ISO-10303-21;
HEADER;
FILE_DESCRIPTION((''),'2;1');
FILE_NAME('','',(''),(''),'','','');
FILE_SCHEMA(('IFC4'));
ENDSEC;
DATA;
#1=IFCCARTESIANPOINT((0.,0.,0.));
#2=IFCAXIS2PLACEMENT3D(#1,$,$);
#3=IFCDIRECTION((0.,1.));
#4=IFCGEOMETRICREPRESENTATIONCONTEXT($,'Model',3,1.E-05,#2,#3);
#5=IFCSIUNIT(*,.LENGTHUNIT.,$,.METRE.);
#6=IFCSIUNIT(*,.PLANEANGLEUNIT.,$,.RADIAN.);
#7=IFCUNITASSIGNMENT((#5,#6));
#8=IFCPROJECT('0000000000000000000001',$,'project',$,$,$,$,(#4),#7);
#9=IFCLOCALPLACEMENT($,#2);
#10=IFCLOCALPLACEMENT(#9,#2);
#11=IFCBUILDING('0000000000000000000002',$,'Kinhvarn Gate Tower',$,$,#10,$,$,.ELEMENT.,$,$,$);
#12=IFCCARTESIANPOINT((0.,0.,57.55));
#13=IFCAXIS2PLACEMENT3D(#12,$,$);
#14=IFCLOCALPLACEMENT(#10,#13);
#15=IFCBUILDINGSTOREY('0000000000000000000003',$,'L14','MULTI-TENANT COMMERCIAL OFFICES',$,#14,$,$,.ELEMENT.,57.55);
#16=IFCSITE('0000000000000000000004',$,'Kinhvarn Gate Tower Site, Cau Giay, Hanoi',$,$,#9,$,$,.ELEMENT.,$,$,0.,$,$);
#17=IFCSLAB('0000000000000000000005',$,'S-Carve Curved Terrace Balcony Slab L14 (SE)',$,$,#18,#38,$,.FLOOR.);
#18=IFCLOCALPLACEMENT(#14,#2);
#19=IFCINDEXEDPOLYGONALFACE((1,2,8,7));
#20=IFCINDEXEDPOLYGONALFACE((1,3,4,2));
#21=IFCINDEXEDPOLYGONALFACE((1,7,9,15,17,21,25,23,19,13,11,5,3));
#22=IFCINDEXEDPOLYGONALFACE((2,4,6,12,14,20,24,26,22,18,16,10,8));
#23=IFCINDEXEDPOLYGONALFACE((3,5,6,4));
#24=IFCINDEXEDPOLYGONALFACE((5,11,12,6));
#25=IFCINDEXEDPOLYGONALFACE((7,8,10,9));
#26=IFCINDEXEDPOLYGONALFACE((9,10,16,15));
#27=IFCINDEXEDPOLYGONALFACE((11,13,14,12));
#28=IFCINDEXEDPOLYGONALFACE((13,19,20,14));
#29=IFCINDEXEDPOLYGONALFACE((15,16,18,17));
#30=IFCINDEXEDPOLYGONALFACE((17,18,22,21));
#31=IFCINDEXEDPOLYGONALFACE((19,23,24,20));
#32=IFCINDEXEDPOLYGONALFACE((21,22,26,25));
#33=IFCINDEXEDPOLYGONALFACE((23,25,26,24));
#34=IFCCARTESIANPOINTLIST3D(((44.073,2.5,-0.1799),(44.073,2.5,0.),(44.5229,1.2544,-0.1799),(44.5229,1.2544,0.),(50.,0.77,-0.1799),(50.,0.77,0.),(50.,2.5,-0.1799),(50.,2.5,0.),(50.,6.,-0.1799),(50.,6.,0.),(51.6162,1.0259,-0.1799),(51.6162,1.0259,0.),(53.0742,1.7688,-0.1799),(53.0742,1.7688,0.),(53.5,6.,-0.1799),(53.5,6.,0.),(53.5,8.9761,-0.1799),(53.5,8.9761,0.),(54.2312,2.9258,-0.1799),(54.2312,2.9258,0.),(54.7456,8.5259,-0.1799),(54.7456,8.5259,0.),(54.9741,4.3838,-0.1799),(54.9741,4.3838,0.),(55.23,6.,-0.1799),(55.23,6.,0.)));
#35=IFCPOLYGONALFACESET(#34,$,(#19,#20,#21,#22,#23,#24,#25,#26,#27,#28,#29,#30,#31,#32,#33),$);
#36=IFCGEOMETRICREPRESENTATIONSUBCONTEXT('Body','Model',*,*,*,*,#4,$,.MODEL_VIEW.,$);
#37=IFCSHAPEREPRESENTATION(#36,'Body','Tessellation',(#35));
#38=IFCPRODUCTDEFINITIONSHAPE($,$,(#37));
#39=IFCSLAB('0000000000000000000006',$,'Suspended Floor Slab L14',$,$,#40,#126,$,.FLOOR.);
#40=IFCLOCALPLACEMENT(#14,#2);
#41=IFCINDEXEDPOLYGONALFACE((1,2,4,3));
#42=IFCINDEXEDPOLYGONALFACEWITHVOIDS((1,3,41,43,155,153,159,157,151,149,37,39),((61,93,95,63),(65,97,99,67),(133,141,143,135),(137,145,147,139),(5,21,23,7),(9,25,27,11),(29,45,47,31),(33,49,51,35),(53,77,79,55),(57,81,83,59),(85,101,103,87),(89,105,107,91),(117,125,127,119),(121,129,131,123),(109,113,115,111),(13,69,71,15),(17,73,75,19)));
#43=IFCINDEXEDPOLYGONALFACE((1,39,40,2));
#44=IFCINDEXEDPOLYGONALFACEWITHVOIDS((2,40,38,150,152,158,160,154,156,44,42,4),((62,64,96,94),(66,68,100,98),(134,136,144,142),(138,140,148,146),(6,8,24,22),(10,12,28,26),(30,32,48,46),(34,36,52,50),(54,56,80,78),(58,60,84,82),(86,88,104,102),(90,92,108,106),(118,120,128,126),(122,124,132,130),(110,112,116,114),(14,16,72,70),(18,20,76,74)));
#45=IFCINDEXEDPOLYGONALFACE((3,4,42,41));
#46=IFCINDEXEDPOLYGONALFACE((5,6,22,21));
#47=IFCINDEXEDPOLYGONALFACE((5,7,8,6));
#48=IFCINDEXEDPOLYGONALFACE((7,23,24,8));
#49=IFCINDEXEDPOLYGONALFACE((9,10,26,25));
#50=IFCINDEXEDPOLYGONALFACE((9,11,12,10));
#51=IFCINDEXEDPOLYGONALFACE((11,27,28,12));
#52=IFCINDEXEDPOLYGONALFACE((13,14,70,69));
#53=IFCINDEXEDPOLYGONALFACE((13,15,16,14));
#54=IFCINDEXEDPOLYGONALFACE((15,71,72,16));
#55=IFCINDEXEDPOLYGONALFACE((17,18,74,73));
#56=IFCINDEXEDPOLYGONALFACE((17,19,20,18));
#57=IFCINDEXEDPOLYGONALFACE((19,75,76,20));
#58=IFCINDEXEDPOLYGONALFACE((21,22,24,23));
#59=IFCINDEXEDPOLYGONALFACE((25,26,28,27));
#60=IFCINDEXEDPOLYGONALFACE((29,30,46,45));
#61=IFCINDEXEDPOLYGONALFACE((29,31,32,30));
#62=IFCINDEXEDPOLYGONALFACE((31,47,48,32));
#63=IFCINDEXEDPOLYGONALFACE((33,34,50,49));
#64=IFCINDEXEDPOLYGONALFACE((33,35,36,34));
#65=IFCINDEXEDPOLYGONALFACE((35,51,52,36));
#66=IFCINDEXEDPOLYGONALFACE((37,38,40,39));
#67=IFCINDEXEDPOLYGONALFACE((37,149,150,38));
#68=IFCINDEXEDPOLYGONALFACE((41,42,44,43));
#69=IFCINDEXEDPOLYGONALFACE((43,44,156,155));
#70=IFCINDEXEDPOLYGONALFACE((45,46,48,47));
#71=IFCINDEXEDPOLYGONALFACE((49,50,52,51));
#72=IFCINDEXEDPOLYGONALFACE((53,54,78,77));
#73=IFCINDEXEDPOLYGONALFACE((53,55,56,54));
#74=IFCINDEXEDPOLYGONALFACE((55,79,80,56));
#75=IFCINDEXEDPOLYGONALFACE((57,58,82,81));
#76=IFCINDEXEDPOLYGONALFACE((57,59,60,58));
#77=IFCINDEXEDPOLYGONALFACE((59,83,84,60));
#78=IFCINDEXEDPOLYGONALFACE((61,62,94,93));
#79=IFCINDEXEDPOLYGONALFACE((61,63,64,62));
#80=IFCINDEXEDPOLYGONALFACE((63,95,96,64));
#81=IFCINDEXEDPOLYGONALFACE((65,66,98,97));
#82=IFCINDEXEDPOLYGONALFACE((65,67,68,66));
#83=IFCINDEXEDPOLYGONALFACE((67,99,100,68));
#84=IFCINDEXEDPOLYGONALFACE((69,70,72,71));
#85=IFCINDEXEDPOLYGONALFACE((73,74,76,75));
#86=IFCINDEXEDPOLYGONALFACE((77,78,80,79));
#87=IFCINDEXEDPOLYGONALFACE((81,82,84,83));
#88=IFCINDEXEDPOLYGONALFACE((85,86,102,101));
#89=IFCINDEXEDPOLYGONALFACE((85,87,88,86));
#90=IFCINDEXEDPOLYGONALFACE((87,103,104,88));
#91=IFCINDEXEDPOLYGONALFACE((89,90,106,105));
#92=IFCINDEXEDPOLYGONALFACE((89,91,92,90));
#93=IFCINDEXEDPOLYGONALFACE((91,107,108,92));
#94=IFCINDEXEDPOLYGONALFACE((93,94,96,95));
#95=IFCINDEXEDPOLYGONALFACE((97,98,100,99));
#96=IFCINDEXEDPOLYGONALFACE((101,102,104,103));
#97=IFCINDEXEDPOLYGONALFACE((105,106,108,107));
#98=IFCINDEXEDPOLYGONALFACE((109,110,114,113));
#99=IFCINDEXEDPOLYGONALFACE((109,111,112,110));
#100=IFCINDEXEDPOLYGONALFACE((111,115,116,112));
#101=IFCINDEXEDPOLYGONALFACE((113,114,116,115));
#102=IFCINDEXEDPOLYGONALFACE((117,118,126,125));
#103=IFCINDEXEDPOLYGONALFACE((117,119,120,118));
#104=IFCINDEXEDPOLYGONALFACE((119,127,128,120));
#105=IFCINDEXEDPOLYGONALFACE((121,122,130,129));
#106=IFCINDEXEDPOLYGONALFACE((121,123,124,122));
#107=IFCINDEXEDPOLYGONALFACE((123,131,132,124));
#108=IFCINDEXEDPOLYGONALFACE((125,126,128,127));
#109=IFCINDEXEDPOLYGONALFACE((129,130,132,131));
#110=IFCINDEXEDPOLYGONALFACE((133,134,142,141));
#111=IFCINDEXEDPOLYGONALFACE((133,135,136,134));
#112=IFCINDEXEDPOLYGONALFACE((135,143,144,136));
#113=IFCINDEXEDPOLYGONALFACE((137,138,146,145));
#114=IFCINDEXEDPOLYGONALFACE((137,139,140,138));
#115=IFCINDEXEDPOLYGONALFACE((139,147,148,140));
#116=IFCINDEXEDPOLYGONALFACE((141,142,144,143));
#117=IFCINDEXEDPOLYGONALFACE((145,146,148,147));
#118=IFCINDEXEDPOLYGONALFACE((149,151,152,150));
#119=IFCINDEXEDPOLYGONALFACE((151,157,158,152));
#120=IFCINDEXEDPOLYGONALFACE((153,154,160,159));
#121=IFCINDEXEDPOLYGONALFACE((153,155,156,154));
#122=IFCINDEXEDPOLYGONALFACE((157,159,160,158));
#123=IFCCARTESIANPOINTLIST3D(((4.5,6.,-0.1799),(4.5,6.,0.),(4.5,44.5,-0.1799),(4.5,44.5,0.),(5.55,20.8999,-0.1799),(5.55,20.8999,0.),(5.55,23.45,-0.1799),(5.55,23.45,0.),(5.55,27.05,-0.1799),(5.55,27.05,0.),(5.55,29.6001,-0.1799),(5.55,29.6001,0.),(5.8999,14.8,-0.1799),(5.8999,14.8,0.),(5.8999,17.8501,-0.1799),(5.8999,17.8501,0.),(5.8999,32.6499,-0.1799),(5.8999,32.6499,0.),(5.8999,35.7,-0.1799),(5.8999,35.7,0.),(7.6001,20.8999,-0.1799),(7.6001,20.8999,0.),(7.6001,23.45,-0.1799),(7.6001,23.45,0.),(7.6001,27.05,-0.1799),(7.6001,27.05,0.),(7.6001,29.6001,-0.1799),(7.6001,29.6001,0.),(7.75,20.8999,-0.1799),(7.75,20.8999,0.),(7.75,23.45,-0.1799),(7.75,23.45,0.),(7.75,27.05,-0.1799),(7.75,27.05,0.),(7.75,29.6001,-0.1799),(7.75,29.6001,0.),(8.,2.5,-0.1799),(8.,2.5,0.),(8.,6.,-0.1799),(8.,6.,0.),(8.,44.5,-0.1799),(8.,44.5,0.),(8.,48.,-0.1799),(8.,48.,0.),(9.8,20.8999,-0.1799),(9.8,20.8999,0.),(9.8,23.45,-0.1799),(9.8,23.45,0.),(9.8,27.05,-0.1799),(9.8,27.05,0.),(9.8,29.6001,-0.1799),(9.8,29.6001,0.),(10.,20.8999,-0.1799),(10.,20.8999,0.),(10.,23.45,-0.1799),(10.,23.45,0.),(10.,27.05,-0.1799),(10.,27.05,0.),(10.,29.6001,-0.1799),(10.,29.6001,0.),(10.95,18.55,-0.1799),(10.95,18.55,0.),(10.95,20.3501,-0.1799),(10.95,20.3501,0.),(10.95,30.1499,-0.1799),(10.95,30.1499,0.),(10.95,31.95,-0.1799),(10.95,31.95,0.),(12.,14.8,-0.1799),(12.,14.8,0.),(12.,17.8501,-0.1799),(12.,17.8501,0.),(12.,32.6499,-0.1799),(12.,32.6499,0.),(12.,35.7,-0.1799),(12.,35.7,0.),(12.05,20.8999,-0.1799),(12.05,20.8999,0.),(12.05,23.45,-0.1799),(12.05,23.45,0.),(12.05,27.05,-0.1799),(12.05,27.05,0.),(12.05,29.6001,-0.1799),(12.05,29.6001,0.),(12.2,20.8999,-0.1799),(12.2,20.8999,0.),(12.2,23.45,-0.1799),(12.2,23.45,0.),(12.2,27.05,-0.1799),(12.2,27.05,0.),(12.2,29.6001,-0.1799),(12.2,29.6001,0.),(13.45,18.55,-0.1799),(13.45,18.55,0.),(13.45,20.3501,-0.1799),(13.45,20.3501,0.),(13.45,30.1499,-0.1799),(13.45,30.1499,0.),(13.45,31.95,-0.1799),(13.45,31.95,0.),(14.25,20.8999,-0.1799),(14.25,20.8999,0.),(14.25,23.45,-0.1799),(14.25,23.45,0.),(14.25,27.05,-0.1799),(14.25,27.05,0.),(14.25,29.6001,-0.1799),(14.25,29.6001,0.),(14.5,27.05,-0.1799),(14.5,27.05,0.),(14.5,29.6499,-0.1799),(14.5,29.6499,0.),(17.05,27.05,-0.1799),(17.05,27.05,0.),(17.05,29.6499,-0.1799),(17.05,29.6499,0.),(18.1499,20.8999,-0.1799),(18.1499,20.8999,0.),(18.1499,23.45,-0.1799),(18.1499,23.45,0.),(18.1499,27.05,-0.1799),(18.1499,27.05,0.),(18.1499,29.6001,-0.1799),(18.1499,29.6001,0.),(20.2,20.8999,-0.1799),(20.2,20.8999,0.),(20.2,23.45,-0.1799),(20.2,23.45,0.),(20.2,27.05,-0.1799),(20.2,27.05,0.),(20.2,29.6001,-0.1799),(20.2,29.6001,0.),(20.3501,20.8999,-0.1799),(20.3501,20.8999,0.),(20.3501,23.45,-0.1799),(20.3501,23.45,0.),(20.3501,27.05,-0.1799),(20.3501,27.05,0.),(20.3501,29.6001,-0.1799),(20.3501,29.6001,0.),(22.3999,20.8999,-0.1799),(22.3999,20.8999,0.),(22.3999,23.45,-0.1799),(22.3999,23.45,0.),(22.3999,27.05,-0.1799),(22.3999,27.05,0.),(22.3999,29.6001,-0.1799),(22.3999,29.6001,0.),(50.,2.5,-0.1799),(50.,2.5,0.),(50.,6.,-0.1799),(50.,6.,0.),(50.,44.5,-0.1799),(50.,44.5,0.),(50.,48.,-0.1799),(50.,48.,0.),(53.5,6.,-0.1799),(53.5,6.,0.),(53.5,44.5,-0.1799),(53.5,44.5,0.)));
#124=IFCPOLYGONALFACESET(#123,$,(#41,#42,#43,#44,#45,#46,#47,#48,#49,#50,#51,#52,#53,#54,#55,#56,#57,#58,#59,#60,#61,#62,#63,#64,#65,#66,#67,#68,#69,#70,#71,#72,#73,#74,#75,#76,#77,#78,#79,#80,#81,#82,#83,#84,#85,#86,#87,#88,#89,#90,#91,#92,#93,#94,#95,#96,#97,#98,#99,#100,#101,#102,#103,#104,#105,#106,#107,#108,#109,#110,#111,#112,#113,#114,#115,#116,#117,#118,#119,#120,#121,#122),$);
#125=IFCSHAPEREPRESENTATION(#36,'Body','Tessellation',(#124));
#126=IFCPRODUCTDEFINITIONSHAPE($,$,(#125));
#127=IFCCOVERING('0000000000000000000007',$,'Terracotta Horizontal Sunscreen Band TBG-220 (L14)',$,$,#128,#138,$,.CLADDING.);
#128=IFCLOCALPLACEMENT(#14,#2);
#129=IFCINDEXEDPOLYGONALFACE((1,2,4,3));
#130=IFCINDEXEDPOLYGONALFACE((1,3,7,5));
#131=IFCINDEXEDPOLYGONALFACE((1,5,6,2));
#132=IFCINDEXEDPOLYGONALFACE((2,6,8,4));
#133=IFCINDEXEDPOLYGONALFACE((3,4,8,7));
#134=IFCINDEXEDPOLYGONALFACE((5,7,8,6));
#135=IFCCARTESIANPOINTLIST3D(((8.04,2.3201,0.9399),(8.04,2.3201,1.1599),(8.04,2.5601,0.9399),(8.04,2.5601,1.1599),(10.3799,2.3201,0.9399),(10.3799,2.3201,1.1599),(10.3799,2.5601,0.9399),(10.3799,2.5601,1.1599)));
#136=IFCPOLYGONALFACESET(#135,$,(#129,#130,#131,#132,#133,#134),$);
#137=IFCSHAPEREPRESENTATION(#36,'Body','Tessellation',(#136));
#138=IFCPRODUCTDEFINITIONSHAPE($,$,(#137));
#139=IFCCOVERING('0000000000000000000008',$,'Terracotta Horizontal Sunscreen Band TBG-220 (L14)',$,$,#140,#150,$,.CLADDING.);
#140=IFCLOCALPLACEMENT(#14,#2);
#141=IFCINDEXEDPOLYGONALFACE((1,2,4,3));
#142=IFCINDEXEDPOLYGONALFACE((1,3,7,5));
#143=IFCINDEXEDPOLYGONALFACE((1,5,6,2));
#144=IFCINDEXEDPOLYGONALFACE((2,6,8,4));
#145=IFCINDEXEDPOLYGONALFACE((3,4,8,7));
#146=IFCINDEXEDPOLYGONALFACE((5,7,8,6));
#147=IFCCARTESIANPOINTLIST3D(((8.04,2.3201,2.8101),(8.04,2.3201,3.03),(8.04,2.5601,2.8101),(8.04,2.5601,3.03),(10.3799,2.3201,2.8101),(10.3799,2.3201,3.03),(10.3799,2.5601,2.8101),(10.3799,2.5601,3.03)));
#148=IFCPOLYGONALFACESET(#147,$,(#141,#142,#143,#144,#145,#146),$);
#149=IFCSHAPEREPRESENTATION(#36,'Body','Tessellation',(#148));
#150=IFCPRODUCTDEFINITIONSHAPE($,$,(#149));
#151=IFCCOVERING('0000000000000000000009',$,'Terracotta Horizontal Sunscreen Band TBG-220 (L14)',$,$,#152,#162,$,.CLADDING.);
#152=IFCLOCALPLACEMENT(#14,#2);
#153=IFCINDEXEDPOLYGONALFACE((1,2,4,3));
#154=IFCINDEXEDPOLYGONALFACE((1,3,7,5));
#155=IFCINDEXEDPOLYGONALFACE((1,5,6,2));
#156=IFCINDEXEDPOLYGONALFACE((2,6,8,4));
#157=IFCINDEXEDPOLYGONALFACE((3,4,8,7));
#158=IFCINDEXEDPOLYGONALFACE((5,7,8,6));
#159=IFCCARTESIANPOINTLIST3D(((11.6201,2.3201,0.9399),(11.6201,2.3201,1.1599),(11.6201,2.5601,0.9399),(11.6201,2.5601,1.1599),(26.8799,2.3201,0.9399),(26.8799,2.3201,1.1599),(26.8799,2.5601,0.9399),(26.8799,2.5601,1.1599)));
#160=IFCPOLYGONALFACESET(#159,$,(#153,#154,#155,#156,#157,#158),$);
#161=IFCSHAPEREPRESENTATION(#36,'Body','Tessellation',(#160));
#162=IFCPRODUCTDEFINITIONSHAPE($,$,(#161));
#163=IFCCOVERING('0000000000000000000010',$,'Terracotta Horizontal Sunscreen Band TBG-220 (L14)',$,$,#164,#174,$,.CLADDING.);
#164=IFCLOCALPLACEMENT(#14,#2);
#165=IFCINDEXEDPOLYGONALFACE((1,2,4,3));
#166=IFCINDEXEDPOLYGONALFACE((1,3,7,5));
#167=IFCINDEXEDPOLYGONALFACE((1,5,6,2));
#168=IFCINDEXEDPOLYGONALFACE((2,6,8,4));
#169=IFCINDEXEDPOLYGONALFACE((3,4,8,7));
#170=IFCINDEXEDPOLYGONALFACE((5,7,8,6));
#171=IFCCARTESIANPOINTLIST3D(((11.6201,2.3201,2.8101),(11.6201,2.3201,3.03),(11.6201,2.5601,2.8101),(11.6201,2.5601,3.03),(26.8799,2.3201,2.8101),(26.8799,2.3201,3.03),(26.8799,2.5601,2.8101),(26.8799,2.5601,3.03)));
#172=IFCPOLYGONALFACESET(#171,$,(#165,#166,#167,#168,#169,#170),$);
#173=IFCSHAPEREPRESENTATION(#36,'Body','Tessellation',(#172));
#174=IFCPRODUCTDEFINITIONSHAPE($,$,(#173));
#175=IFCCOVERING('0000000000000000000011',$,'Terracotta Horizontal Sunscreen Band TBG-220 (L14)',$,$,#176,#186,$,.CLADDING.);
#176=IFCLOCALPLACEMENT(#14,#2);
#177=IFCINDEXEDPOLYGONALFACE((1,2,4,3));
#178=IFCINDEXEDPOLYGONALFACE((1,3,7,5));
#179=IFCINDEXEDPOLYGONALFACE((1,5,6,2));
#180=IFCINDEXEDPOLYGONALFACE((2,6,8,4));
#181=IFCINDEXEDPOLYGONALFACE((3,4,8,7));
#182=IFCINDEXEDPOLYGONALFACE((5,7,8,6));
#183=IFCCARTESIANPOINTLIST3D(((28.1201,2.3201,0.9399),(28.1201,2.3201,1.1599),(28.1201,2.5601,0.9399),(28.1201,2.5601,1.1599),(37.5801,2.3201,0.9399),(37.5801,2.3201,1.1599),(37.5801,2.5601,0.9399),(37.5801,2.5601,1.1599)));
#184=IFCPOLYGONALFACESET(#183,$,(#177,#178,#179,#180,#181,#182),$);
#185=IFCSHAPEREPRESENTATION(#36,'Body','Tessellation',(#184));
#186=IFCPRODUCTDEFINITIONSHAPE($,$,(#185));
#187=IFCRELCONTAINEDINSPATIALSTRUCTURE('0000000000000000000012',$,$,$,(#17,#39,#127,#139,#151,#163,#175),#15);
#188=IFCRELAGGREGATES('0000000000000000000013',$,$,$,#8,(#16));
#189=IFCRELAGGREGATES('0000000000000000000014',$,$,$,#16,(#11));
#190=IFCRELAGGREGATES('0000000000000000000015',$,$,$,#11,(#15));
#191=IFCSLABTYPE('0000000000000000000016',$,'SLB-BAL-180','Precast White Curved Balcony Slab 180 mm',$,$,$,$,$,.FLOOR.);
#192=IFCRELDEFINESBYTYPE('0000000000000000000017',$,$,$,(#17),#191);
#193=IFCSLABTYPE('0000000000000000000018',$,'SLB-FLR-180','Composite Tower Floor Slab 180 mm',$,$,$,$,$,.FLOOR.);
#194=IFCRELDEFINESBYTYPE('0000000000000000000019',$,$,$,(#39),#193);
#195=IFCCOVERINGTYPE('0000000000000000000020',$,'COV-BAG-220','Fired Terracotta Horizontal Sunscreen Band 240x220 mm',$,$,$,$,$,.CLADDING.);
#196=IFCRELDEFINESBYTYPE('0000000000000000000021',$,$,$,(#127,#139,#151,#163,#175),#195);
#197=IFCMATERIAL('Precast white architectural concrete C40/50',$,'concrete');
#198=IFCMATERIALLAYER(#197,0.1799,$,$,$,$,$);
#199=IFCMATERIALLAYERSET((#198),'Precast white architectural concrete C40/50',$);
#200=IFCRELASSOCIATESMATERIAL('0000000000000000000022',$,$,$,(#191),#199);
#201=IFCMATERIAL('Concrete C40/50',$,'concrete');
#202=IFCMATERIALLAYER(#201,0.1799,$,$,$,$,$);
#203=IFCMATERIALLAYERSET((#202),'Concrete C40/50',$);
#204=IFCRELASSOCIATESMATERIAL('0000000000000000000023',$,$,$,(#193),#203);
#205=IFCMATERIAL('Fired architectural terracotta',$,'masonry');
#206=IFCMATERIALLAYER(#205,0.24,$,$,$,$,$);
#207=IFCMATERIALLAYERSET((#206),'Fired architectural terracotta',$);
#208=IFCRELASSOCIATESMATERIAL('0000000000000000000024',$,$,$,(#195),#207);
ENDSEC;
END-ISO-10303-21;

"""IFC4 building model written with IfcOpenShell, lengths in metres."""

from ifc_helpers import new_model, si_unit, direction, frame, origin, place, context, subcontext, project, spatial, polyline, outline, extrude, material, layer, layer_set, type_object, element, save


model = new_model("IFC4")

# Units and contexts
model_context = context("Model", 3, precision=1e-05, world=origin(), true_north=direction((0.0, 1.0)))
body_context = subcontext(model_context, "Body", "Model", "MODEL_VIEW")
ifc_project = project(units=[si_unit("LENGTHUNIT", "METRE"), si_unit("PLANEANGLEUNIT", "RADIAN")], contexts=[model_context])

# Site, building, storey
site_placement = place(None, origin())
site = spatial("IfcSite", under=ifc_project, at=site_placement, Name="Kinhvarn Gate Tower Site, Cau Giay, Hanoi", CompositionType="ELEMENT", RefElevation=0.0)
building_placement = place(site_placement, origin())
building = spatial("IfcBuilding", under=site, at=building_placement, Name="Kinhvarn Gate Tower", CompositionType="ELEMENT")
storey_placement = place(building_placement, frame((0.0, 0.0, 57.55)))
storey = spatial("IfcBuildingStorey", under=building, at=storey_placement, Name="L14", Description="MULTI-TENANT COMMERCIAL OFFICES", CompositionType="ELEMENT", Elevation=57.55)

# Slabs
ifc_material_1 = material(Name="Precast white architectural concrete C40/50", Category="concrete")
ifc_layer_1 = layer(ifc_material_1, 0.1799)
ifc_layer_set_1 = layer_set([ifc_layer_1], Name="Precast white architectural concrete C40/50")
slab_type_1 = type_object("IfcSlabType", Name="SLB-BAL-180", Description="Precast White Curved Balcony Slab 180 mm", PredefinedType="FLOOR", material=ifc_layer_set_1)
slab_1_placement = place(storey_placement, frame((0.0, 0.0, -0.1799)))
element("IfcSlab", 1, at=slab_1_placement, inside=storey, type_object=slab_type_1, Name="S-Carve Curved Terrace Balcony Slab L14 (SE)", PredefinedType="FLOOR", context=body_context, shape_type="SweptSolid", body=[
    extrude(outline(polyline([(44.073, 2.5), (44.5229, 1.2544), (50.0, 0.77), (51.6162, 1.0259), (53.0742, 1.7688), (54.2312, 2.9258), (54.9741, 4.3838), (55.23, 6.0), (54.7456, 8.5259), (53.5, 8.9761), (53.5, 6.0), (50.0, 6.0), (50.0, 2.5), (44.073, 2.5)])), origin(), (0.0, 0.0, 1.0), 0.1799),
])
ifc_material_2 = material(Name="Concrete C40/50", Category="concrete")
ifc_layer_2 = layer(ifc_material_2, 0.1799)
ifc_layer_set_2 = layer_set([ifc_layer_2], Name="Concrete C40/50")
slab_type_2 = type_object("IfcSlabType", Name="SLB-FLR-180", Description="Composite Tower Floor Slab 180 mm", PredefinedType="FLOOR", material=ifc_layer_set_2)
slab_2_placement = place(storey_placement, frame((0.0, 0.0, -0.1799)))
element("IfcSlab", 2, at=slab_2_placement, inside=storey, type_object=slab_type_2, Name="Suspended Floor Slab L14", PredefinedType="FLOOR", context=body_context, shape_type="SweptSolid", body=[
    extrude(outline(polyline([(8.0, 2.5), (50.0, 2.5), (50.0, 6.0), (53.5, 6.0), (53.5, 44.5), (50.0, 44.5), (50.0, 48.0), (8.0, 48.0), (8.0, 44.5), (4.5, 44.5), (4.5, 6.0), (8.0, 6.0), (8.0, 2.5)]), holes=[polyline([(5.8999, 14.8), (12.0, 14.8), (12.0, 17.8501), (5.8999, 17.8501), (5.8999, 14.8)]), polyline([(5.8999, 32.6499), (12.0, 32.6499), (12.0, 35.7), (5.8999, 35.7), (5.8999, 32.6499)]), polyline([(18.1499, 20.8999), (20.2, 20.8999), (20.2, 23.45), (18.1499, 23.45), (18.1499, 20.8999)]), polyline([(20.3501, 20.8999), (22.3999, 20.8999), (22.3999, 23.45), (20.3501, 23.45), (20.3501, 20.8999)]), polyline([(18.1499, 27.05), (20.2, 27.05), (20.2, 29.6001), (18.1499, 29.6001), (18.1499, 27.05)]), polyline([(20.3501, 27.05), (22.3999, 27.05), (22.3999, 29.6001), (20.3501, 29.6001), (20.3501, 27.05)]), polyline([(5.55, 20.8999), (7.6001, 20.8999), (7.6001, 23.45), (5.55, 23.45), (5.55, 20.8999)]), polyline([(7.75, 20.8999), (9.8, 20.8999), (9.8, 23.45), (7.75, 23.45), (7.75, 20.8999)]), polyline([(5.55, 27.05), (7.6001, 27.05), (7.6001, 29.6001), (5.55, 29.6001), (5.55, 27.05)]), polyline([(7.75, 27.05), (9.8, 27.05), (9.8, 29.6001), (7.75, 29.6001), (7.75, 27.05)]), polyline([(10.0, 20.8999), (12.05, 20.8999), (12.05, 23.45), (10.0, 23.45), (10.0, 20.8999)]), polyline([(12.2, 20.8999), (14.25, 20.8999), (14.25, 23.45), (12.2, 23.45), (12.2, 20.8999)]), polyline([(10.0, 27.05), (12.05, 27.05), (12.05, 29.6001), (10.0, 29.6001), (10.0, 27.05)]), polyline([(12.2, 27.05), (14.25, 27.05), (14.25, 29.6001), (12.2, 29.6001), (12.2, 27.05)]), polyline([(14.5, 27.05), (17.05, 27.05), (17.05, 29.6499), (14.5, 29.6499), (14.5, 27.05)]), polyline([(10.95, 18.55), (13.45, 18.55), (13.45, 20.3501), (10.95, 20.3501), (10.95, 18.55)]), polyline([(10.95, 30.1499), (13.45, 30.1499), (13.45, 31.95), (10.95, 31.95), (10.95, 30.1499)])]), origin(), (0.0, 0.0, 1.0), 0.1799),
])

# Coverings
ifc_material_3 = material(Name="Fired architectural terracotta", Category="masonry")
ifc_layer_3 = layer(ifc_material_3, 0.24)
ifc_layer_set_3 = layer_set([ifc_layer_3], Name="Fired architectural terracotta")
covering_type_1 = type_object("IfcCoveringType", Name="COV-BAG-220", Description="Fired Terracotta Horizontal Sunscreen Band 240x220 mm", PredefinedType="CLADDING", material=ifc_layer_set_3)
for number, where, name in (
    (3, (0.0, 0.0, 0.9399), "Terracotta Horizontal Sunscreen Band TBG-220 (L14)"),
    (4, (0.0, 0.0, 2.8101), "Terracotta Horizontal Sunscreen Band TBG-220 (L14)"),
):
    element("IfcCovering", number, at=place(storey_placement, frame(where)), inside=storey, type_object=covering_type_1, Name=name, PredefinedType="CLADDING", context=body_context, shape_type="SweptSolid", body=[
        extrude(outline(polyline([(8.04, 2.5601), (10.3799, 2.5601), (10.3799, 2.3201), (8.04, 2.3201), (8.04, 2.5601)])), origin(), (0.0, 0.0, 1.0), 0.22),
    ])
for number, where, name in (
    (5, (0.0, 0.0, 0.9399), "Terracotta Horizontal Sunscreen Band TBG-220 (L14)"),
    (6, (0.0, 0.0, 2.8101), "Terracotta Horizontal Sunscreen Band TBG-220 (L14)"),
):
    element("IfcCovering", number, at=place(storey_placement, frame(where)), inside=storey, type_object=covering_type_1, Name=name, PredefinedType="CLADDING", context=body_context, shape_type="SweptSolid", body=[
        extrude(outline(polyline([(11.6201, 2.5601), (26.8799, 2.5601), (26.8799, 2.3201), (11.6201, 2.3201), (11.6201, 2.5601)])), origin(), (0.0, 0.0, 1.0), 0.22),
    ])
for number, where, name in (
    (7, (0.0, 0.0, 0.9399), "Terracotta Horizontal Sunscreen Band TBG-220 (L14)"),
):
    element("IfcCovering", number, at=place(storey_placement, frame(where)), inside=storey, type_object=covering_type_1, Name=name, PredefinedType="CLADDING", context=body_context, shape_type="SweptSolid", body=[
        extrude(outline(polyline([(28.1201, 2.5601), (37.5801, 2.5601), (37.5801, 2.3201), (28.1201, 2.3201), (28.1201, 2.5601)])), origin(), (0.0, 0.0, 1.0), 0.22),
    ])

save(model, "model.ifc")
